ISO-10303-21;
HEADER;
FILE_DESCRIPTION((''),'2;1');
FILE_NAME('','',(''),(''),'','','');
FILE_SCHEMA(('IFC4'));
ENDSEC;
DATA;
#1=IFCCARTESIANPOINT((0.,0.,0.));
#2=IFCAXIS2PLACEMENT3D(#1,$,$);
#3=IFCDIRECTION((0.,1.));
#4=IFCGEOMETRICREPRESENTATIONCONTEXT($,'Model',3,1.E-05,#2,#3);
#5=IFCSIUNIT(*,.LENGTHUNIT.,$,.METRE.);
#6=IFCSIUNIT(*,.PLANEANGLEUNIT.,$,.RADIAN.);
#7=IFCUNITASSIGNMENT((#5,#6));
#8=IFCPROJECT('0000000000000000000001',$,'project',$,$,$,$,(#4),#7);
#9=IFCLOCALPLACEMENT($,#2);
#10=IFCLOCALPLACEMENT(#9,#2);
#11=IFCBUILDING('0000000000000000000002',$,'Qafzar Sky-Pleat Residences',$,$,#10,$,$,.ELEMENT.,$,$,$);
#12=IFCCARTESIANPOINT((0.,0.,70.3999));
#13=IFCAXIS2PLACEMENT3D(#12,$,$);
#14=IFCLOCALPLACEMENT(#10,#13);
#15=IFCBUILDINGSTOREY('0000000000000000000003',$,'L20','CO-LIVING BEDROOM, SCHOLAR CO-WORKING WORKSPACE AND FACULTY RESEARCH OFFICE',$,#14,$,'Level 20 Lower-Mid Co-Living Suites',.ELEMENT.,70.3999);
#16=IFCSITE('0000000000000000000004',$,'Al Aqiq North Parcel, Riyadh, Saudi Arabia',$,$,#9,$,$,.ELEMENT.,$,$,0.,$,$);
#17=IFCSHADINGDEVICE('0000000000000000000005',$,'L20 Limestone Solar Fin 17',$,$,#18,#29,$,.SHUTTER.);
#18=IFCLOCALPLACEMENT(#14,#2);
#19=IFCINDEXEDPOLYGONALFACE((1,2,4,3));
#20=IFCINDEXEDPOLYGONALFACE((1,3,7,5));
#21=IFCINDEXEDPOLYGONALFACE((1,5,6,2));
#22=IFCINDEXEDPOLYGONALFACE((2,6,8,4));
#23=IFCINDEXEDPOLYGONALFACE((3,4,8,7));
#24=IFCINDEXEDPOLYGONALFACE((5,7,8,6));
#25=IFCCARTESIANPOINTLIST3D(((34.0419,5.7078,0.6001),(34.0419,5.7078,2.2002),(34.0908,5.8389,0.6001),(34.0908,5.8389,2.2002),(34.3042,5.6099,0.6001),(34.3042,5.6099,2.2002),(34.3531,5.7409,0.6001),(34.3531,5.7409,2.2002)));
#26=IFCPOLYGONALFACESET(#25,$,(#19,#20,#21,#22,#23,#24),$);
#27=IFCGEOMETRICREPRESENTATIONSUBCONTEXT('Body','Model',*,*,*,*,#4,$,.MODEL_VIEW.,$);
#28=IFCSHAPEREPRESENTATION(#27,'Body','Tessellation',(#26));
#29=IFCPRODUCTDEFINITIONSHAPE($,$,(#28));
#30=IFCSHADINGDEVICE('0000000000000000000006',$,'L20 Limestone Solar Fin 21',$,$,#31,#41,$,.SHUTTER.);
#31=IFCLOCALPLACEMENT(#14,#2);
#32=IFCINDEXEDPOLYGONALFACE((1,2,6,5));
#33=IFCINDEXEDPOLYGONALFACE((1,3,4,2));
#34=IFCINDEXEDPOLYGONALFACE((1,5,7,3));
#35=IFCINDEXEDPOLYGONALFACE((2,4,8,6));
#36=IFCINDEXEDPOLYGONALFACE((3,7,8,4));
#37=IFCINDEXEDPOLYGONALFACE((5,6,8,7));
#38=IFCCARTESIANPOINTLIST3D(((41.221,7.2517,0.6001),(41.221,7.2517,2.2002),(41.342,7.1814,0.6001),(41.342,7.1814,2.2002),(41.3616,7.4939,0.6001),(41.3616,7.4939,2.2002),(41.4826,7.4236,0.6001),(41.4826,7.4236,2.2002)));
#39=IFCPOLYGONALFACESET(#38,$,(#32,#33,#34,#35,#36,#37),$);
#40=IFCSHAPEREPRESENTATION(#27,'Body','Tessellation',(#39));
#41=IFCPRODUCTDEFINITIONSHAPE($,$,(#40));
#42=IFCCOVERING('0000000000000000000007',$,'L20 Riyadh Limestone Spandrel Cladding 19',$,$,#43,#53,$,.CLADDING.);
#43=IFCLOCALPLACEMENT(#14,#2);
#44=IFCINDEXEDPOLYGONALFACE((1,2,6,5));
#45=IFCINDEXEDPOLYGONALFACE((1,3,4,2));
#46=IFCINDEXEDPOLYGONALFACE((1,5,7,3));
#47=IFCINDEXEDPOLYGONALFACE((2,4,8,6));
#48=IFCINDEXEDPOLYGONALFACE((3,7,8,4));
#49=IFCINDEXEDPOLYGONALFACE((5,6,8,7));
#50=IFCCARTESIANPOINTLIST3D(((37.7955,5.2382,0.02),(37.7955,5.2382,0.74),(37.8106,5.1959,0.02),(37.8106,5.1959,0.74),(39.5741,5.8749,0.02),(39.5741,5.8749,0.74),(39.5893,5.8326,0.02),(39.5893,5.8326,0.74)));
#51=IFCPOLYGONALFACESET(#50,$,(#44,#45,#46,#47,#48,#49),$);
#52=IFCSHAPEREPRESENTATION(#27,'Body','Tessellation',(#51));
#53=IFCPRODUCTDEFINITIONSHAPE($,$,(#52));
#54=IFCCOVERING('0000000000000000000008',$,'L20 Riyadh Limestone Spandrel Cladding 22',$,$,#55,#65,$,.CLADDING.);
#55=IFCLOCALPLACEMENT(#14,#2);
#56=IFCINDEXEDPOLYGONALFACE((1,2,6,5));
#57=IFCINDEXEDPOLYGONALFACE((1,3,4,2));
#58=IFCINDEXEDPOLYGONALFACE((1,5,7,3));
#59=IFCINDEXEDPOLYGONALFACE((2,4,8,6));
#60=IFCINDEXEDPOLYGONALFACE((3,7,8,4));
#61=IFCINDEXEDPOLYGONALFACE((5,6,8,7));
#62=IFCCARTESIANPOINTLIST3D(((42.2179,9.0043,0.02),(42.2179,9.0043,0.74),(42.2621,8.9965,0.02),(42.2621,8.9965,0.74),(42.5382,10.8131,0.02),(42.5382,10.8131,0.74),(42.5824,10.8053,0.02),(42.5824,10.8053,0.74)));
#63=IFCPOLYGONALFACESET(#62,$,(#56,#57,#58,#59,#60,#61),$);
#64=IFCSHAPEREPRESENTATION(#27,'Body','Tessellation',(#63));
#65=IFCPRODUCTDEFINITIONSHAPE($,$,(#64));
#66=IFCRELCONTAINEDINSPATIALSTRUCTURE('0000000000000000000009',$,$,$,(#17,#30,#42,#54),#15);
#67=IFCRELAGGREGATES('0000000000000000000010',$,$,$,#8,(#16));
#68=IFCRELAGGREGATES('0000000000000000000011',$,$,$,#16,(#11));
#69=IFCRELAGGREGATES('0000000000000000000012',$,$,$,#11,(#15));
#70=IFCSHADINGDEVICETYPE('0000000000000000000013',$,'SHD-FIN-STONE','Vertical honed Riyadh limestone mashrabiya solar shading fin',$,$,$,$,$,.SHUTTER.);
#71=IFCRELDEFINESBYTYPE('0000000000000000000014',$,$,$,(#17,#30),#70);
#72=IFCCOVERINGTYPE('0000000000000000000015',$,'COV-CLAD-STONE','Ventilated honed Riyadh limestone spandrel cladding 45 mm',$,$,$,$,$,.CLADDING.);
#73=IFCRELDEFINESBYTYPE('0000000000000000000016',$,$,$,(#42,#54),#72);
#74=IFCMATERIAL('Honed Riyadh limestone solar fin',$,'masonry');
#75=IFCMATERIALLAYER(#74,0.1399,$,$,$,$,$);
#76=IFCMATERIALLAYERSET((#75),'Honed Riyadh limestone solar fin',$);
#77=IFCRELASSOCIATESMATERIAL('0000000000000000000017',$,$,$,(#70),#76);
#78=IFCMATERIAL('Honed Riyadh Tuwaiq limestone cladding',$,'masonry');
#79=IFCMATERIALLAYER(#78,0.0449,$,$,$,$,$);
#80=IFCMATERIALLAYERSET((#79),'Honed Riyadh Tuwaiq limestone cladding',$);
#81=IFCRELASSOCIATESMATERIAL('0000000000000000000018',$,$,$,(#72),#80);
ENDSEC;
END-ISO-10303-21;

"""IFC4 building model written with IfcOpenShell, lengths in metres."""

from ifc_helpers import new_model, si_unit, direction, frame, origin, origin_2d, place, context, subcontext, project, spatial, rectangle, extrude, source, transform, mapped, material, layer, layer_set, type_object, element, save


model = new_model("IFC4")

# Units and contexts
model_context = context("Model", 3, precision=1e-05, world=origin(), true_north=direction((0.0, 1.0)))
body_context = subcontext(model_context, "Body", "Model", "MODEL_VIEW")
ifc_project = project(units=[si_unit("LENGTHUNIT", "METRE"), si_unit("PLANEANGLEUNIT", "RADIAN")], contexts=[model_context])

# Site, building, storey
site_placement = place(None, origin())
site = spatial("IfcSite", under=ifc_project, at=site_placement, Name="Al Aqiq North Parcel, Riyadh, Saudi Arabia", CompositionType="ELEMENT", RefElevation=0.0)
building_placement = place(site_placement, origin())
building = spatial("IfcBuilding", under=site, at=building_placement, Name="Qafzar Sky-Pleat Residences", CompositionType="ELEMENT")
storey_placement = place(building_placement, frame((0.0, 0.0, 70.3999)))
storey = spatial("IfcBuildingStorey", under=building, at=storey_placement, Name="L20", Description="CO-LIVING BEDROOM, SCHOLAR CO-WORKING WORKSPACE AND FACULTY RESEARCH OFFICE", LongName="Level 20 Lower-Mid Co-Living Suites", CompositionType="ELEMENT", Elevation=70.3999)

# Shading devices
ifc_material_1 = material(Name="Honed Riyadh limestone solar fin", Category="masonry")
ifc_layer_1 = layer(ifc_material_1, 0.1399)
ifc_layer_set_1 = layer_set([ifc_layer_1], Name="Honed Riyadh limestone solar fin")
shading_device_type = type_object("IfcShadingDeviceType", Name="SHD-FIN-STONE", Description="Vertical honed Riyadh limestone mashrabiya solar shading fin", PredefinedType="SHUTTER", material=ifc_layer_set_1)
shared_shape_1 = source(origin(), body_context, "Body", "SweptSolid", [
    extrude(rectangle(XDim=0.1399, YDim=0.28, at=origin_2d()), origin(), (0.0, 0.0, 1.0), 1.6001),
])
for number, where, z_axis, x_axis, name in (
    (1, (34.1975, 5.7244, 0.6001), (0.0, 0.0, 1.0), (-0.349796, -0.936826, 0.0), "L20 Limestone Solar Fin 17"),
    (2, (41.3518, 7.3376, 0.6001), (0.0, 0.0, 1.0), (0.864896, -0.501952, 0.0), "L20 Limestone Solar Fin 21"),
):
    element("IfcShadingDevice", number, at=place(storey_placement, frame(where, z_axis=z_axis, x_axis=x_axis)), inside=storey, type_object=shading_device_type, Name=name, PredefinedType="SHUTTER", context=body_context, shape_type="MappedRepresentation", body=[
        mapped(shared_shape_1, transform((0.0, 0.0, 0.0), x_axis=(1.0, 0.0, 0.0), y_axis=(0.0, 1.0, 0.0), z_axis=(0.0, 0.0, 1.0), scale=1.0)),
    ])

# Coverings
ifc_material_2 = material(Name="Honed Riyadh Tuwaiq limestone cladding", Category="masonry")
ifc_layer_2 = layer(ifc_material_2, 0.0449)
ifc_layer_set_2 = layer_set([ifc_layer_2], Name="Honed Riyadh Tuwaiq limestone cladding")
covering_type = type_object("IfcCoveringType", Name="COV-CLAD-STONE", Description="Ventilated honed Riyadh limestone spandrel cladding 45 mm", PredefinedType="CLADDING", material=ifc_layer_set_2)
shared_shape_2 = source(origin(), body_context, "Body", "SweptSolid", [
    extrude(rectangle(XDim=1.8892, YDim=0.0449, at=origin_2d()), origin(), (0.0, 0.0, 1.0), 0.72),
])
covering_1_placement = place(storey_placement, frame((38.6924, 5.5354, 0.02), z_axis=(0.0, 0.0, 1.0), x_axis=(0.941498, 0.337018, 0.0)))
element("IfcCovering", 3, at=covering_1_placement, inside=storey, type_object=covering_type, Name="L20 Riyadh Limestone Spandrel Cladding 19", PredefinedType="CLADDING", context=body_context, shape_type="MappedRepresentation", body=[
    mapped(shared_shape_2, transform((0.0, 0.0, 0.0), x_axis=(1.0, 0.0, 0.0), y_axis=(0.0, 1.0, 0.0), z_axis=(0.0, 0.0, 1.0), scale=1.0)),
])
shared_shape_3 = source(origin(), body_context, "Body", "SweptSolid", [
    extrude(rectangle(XDim=1.8369, YDim=0.0449, at=origin_2d()), origin(), (0.0, 0.0, 1.0), 0.72),
])
covering_2_placement = place(storey_placement, frame((42.4001, 9.9048, 0.02), z_axis=(0.0, 0.0, 1.0), x_axis=(0.174378, 0.984679, 0.0)))
element("IfcCovering", 4, at=covering_2_placement, inside=storey, type_object=covering_type, Name="L20 Riyadh Limestone Spandrel Cladding 22", PredefinedType="CLADDING", context=body_context, shape_type="MappedRepresentation", body=[
    mapped(shared_shape_3, transform((0.0, 0.0, 0.0), x_axis=(1.0, 0.0, 0.0), y_axis=(0.0, 1.0, 0.0), z_axis=(0.0, 0.0, 1.0), scale=1.0)),
])

save(model, "model.ifc")
